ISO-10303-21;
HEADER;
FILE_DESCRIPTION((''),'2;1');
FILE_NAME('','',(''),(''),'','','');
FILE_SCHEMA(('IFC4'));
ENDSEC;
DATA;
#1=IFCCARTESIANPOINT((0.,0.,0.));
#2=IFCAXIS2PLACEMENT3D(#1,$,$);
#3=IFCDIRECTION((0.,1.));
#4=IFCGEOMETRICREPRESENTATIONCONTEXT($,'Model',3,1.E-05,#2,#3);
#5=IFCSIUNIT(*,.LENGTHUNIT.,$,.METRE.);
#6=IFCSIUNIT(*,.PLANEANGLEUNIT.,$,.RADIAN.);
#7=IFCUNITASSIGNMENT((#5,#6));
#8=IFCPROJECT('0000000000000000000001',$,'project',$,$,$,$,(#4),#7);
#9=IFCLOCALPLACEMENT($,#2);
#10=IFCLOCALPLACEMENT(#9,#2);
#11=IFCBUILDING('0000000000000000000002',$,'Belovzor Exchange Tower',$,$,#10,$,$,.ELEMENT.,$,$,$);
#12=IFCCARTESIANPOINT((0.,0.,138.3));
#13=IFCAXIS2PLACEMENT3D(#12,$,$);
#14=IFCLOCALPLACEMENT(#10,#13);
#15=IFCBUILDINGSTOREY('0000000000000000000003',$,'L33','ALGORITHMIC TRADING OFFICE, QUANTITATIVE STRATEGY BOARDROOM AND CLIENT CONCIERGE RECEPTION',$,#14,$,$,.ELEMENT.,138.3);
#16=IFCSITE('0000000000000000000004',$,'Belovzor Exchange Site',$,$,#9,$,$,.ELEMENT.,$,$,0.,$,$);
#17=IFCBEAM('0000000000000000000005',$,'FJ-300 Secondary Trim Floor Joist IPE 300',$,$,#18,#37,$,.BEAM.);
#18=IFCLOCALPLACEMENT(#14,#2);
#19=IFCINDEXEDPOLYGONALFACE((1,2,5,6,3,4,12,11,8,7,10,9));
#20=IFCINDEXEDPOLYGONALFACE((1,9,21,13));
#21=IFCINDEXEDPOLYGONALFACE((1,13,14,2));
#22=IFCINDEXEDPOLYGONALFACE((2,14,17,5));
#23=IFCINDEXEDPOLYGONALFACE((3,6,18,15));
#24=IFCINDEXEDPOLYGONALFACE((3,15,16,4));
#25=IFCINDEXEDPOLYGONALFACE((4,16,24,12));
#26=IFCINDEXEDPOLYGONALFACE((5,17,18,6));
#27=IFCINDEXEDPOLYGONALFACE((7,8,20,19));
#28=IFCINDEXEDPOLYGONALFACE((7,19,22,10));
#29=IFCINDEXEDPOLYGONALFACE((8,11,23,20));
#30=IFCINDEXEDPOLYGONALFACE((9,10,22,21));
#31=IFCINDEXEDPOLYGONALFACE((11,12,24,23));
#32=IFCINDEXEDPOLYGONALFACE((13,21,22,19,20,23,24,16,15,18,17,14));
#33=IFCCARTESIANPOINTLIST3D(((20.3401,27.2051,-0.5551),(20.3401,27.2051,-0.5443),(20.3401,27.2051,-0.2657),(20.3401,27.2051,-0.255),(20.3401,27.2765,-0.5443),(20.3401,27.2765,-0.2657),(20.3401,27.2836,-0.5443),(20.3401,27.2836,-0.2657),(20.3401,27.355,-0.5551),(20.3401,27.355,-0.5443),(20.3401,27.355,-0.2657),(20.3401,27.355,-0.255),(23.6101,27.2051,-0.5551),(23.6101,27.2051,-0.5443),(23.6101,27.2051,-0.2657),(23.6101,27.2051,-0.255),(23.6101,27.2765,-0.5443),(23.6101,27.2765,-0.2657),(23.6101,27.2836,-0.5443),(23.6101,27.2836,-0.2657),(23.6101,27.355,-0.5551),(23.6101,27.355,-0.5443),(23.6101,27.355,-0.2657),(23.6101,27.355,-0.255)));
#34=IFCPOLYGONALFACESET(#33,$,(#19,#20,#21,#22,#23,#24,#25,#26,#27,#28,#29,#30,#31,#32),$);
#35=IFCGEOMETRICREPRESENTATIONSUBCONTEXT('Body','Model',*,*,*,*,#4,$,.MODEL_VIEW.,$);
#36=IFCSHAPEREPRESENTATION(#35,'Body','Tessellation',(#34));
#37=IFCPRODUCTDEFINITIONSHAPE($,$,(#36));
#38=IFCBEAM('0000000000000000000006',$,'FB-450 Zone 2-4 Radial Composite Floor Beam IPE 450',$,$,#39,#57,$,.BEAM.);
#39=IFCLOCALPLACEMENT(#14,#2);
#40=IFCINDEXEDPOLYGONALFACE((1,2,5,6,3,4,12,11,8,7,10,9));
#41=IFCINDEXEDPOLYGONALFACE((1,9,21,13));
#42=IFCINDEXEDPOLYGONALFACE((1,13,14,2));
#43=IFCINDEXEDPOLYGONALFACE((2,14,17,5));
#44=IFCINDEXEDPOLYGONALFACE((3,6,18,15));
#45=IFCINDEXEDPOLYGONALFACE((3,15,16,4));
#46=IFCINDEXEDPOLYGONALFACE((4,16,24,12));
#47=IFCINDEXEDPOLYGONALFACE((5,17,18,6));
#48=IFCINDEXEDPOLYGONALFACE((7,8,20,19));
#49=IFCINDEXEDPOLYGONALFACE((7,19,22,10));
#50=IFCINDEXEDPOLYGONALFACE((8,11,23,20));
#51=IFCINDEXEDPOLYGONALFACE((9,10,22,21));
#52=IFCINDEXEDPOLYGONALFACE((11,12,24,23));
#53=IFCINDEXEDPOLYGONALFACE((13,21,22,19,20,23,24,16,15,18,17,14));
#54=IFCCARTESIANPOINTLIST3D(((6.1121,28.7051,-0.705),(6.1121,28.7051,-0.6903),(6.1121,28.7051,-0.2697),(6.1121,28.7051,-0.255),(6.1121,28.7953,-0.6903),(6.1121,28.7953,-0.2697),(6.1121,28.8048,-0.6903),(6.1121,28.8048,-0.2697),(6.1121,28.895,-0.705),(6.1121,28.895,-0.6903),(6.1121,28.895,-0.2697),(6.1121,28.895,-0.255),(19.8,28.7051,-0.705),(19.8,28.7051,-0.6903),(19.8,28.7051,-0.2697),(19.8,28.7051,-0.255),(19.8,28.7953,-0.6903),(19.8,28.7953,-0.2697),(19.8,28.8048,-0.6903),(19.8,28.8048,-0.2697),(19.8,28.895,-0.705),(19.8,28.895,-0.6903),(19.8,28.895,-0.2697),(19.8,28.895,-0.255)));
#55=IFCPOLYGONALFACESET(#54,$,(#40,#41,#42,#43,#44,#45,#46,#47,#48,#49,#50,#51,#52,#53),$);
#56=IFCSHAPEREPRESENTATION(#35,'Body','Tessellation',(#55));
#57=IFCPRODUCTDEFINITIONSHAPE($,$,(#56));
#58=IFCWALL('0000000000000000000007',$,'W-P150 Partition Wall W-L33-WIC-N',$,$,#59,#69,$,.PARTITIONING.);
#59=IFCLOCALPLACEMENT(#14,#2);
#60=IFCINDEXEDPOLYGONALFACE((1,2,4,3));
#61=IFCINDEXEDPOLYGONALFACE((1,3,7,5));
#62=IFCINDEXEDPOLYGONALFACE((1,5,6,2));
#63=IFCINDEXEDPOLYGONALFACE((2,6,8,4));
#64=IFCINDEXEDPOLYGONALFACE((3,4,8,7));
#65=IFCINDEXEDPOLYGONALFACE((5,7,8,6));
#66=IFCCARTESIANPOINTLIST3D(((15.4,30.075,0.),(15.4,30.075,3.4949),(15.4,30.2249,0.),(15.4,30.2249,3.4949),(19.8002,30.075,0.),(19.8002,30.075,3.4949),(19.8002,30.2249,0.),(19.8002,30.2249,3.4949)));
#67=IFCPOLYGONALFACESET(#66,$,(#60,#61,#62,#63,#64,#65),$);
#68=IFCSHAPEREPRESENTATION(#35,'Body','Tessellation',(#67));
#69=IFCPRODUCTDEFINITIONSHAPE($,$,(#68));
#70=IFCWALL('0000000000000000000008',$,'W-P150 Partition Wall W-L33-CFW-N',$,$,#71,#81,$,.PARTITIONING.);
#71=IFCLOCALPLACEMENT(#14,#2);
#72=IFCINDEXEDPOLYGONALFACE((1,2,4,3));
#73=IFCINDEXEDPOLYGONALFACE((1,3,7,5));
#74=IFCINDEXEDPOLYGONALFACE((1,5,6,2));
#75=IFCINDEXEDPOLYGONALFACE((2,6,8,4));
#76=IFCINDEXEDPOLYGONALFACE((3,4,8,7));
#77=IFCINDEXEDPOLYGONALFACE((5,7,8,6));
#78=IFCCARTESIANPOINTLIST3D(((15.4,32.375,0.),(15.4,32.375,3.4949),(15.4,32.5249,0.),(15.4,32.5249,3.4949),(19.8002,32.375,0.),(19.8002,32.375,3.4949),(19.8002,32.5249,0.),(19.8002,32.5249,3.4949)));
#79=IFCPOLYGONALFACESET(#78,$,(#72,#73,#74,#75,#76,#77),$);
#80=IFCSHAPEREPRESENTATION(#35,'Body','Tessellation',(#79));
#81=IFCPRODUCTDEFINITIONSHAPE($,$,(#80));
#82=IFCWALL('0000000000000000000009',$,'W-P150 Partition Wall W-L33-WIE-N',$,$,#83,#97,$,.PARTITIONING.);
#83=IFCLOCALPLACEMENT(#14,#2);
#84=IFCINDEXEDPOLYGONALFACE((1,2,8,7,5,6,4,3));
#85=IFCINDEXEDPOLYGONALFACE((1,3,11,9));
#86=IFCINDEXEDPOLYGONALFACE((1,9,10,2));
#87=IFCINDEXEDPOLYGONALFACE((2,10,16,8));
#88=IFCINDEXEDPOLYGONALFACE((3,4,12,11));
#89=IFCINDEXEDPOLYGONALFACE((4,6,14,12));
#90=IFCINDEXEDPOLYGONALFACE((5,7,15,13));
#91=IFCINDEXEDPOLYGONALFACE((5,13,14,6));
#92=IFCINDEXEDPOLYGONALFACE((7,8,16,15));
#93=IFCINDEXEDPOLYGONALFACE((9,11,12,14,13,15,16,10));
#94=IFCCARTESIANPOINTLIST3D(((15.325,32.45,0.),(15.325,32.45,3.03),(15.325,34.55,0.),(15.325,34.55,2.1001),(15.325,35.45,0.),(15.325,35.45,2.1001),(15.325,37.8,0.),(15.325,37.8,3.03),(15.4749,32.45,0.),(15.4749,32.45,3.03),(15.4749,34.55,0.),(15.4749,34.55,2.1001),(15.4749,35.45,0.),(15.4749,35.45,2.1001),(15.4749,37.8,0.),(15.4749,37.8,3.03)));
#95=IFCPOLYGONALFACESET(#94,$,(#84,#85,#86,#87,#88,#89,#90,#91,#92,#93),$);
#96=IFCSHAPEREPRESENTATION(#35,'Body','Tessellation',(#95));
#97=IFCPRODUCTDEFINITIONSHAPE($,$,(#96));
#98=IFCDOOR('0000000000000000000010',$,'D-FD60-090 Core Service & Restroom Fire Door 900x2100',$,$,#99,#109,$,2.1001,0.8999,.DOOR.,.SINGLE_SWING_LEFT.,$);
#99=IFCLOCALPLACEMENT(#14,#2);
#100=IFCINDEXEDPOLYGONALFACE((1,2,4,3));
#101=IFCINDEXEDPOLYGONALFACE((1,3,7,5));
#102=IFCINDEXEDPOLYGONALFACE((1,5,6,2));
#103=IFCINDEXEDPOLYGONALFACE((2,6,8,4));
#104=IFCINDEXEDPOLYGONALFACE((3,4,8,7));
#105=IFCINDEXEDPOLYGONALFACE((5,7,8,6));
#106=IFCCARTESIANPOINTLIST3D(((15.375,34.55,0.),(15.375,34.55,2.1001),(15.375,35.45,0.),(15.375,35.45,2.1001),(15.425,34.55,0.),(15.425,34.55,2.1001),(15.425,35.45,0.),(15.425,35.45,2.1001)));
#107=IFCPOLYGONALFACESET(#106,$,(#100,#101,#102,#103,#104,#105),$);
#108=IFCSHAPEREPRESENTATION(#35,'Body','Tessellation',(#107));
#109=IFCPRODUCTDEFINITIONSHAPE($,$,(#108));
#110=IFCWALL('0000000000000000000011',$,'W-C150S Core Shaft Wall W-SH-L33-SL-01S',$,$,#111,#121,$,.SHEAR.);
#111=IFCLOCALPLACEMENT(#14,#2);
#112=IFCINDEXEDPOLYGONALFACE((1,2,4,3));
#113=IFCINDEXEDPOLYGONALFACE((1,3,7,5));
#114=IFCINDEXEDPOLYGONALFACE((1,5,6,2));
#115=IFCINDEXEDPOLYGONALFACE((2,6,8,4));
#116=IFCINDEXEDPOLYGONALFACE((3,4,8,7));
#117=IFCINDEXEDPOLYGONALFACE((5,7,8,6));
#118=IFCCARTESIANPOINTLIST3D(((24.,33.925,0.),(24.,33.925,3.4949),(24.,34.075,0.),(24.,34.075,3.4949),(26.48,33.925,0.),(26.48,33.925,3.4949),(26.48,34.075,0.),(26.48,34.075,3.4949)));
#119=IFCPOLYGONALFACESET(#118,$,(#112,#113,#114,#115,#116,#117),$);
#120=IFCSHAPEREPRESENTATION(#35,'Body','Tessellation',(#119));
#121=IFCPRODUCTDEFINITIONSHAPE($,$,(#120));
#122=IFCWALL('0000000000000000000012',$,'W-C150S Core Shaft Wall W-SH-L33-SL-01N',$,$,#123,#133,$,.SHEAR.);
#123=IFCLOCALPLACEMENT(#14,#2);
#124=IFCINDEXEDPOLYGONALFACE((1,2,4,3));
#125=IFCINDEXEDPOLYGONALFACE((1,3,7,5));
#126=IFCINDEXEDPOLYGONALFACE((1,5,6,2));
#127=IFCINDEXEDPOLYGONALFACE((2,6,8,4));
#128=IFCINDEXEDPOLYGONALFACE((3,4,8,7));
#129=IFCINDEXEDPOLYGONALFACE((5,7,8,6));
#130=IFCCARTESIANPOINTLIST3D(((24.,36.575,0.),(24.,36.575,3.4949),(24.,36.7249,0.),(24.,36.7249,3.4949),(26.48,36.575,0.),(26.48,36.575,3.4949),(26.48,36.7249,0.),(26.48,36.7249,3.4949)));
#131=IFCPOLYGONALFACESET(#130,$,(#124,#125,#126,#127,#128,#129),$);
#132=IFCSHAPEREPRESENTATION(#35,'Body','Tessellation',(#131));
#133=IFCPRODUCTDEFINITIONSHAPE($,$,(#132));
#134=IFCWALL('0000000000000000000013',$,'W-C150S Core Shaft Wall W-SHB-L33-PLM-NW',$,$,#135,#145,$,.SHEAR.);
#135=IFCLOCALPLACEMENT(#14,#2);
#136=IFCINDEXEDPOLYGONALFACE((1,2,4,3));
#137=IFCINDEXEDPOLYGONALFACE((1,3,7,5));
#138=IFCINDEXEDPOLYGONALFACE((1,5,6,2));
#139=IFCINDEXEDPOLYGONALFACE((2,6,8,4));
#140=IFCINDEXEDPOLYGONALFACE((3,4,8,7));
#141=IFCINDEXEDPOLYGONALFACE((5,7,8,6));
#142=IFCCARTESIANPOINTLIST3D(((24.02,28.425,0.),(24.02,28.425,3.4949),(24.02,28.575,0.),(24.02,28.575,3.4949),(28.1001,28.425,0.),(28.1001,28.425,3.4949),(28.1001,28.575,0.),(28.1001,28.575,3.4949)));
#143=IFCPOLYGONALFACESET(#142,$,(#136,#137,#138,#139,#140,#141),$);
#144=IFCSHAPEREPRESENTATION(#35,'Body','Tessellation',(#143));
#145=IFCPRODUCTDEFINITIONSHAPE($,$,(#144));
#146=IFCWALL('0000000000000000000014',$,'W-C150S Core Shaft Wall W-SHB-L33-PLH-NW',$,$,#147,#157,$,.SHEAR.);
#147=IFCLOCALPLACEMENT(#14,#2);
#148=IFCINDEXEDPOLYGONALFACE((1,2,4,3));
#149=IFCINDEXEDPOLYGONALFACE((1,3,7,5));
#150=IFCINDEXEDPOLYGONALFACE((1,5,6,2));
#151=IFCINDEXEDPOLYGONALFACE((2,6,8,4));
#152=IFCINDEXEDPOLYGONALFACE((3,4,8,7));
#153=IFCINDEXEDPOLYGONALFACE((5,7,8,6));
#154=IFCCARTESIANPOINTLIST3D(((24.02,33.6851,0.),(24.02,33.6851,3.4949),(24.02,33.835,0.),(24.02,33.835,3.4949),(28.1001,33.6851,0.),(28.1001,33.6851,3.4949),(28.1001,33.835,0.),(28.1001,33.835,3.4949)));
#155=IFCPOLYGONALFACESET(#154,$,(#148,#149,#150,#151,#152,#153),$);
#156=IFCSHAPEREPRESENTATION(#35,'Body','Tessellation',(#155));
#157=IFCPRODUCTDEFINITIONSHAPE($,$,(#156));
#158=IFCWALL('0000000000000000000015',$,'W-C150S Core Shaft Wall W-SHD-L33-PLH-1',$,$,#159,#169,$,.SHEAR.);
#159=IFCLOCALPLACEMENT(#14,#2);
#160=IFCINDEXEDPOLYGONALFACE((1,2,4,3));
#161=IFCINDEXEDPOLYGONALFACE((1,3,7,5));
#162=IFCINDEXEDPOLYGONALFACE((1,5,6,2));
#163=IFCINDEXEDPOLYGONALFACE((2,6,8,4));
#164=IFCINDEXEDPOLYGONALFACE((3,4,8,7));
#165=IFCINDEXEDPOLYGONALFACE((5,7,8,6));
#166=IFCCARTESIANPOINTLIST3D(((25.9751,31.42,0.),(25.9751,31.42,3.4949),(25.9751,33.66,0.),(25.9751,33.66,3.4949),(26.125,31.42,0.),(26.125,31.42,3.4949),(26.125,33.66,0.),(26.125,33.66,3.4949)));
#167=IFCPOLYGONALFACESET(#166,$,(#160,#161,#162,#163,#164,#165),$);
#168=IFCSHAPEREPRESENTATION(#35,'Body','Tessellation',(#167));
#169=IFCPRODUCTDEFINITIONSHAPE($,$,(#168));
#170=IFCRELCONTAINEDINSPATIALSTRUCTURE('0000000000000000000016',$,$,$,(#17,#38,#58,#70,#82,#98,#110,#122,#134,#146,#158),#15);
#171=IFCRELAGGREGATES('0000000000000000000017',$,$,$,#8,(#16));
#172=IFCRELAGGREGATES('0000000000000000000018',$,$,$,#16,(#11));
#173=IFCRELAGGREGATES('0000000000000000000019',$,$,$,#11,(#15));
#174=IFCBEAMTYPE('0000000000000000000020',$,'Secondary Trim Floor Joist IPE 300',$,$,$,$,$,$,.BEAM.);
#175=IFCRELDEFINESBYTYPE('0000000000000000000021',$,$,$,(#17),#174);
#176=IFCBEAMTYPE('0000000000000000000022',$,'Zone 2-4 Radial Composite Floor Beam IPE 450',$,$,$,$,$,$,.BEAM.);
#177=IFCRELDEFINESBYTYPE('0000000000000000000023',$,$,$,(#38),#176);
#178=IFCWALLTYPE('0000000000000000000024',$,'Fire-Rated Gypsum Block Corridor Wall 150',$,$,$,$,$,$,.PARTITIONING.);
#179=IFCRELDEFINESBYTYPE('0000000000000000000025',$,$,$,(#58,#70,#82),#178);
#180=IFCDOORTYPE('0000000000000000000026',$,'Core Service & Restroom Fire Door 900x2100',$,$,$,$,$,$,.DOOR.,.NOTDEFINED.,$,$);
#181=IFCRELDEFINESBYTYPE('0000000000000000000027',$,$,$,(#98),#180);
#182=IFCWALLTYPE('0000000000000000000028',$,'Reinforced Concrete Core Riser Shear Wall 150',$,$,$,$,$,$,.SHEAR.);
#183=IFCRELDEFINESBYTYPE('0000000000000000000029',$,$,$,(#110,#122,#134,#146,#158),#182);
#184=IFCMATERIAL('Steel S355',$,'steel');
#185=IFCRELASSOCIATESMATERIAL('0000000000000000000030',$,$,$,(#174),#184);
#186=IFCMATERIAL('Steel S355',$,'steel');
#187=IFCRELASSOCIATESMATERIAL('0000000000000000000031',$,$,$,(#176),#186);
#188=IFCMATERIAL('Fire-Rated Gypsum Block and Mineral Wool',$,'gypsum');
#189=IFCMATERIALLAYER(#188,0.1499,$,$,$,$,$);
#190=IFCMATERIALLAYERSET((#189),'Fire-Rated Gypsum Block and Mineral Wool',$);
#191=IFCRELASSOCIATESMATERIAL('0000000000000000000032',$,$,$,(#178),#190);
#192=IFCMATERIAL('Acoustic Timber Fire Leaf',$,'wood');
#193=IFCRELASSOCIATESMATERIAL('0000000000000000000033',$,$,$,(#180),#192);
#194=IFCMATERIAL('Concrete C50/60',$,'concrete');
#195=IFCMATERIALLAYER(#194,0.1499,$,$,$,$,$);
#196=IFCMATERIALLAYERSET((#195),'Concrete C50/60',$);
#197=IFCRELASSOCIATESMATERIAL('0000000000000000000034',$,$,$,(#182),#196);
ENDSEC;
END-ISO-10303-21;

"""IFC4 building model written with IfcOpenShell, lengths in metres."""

from ifc_helpers import new_model, si_unit, direction, frame, frame_2d, origin, origin_2d, place, context, subcontext, project, spatial, rectangle, i_section, extrude, material, layer, layer_set, material_profile, profile_set, type_object, element, fill, save


model = new_model("IFC4")

# Units and contexts
model_context = context("Model", 3, precision=1e-05, world=origin(), true_north=direction((0.0, 1.0)))
body_context = subcontext(model_context, "Body", "Model", "MODEL_VIEW")
ifc_project = project(units=[si_unit("LENGTHUNIT", "METRE"), si_unit("PLANEANGLEUNIT", "RADIAN")], contexts=[model_context])

# Site, building, storey
site_placement = place(None, origin())
site = spatial("IfcSite", under=ifc_project, at=site_placement, Name="Belovzor Exchange Site", CompositionType="ELEMENT", RefElevation=0.0)
building_placement = place(site_placement, origin())
building = spatial("IfcBuilding", under=site, at=building_placement, Name="Belovzor Exchange Tower", CompositionType="ELEMENT")
storey_placement = place(building_placement, frame((0.0, 0.0, 138.3)))
storey = spatial("IfcBuildingStorey", under=building, at=storey_placement, Name="L33", Description="ALGORITHMIC TRADING OFFICE, QUANTITATIVE STRATEGY BOARDROOM AND CLIENT CONCIERGE RECEPTION", CompositionType="ELEMENT", Elevation=138.3)

# Beams
ifc_material_1 = material(Name="Steel S355", Category="steel")
ifc_material_profile_1 = material_profile(ifc_material_1, i_section(OverallWidth=0.1499, OverallDepth=0.3, WebThickness=0.0071, FlangeThickness=0.0107, at=origin_2d()))
ifc_profile_set_1 = profile_set([ifc_material_profile_1], Name="Steel S355")
beam_type_1 = type_object("IfcBeamType", Name="Secondary Trim Floor Joist IPE 300", PredefinedType="BEAM", material=ifc_profile_set_1)
beam_1_placement = place(storey_placement, frame((20.3401, 27.28, -0.405), z_axis=(1.0, 0.0, 0.0), x_axis=(0.0, 1.0, 0.0)))
element("IfcBeam", 1, at=beam_1_placement, inside=storey, type_object=beam_type_1, Name="FJ-300 Secondary Trim Floor Joist IPE 300", PredefinedType="BEAM", context=body_context, shape_type="SweptSolid", body=[
    extrude(i_section(OverallWidth=0.1499, OverallDepth=0.3, WebThickness=0.0071, FlangeThickness=0.0107, at=origin_2d()), origin(), (0.0, 0.0, 1.0), 3.27),
])
ifc_material_2 = material(Name="Steel S355", Category="steel")
ifc_material_profile_2 = material_profile(ifc_material_2, i_section(OverallWidth=0.1899, OverallDepth=0.45, WebThickness=0.0095, FlangeThickness=0.0146, at=origin_2d()))
ifc_profile_set_2 = profile_set([ifc_material_profile_2], Name="Steel S355")
beam_type_2 = type_object("IfcBeamType", Name="Zone 2-4 Radial Composite Floor Beam IPE 450", PredefinedType="BEAM", material=ifc_profile_set_2)
beam_2_placement = place(storey_placement, frame((19.8, 28.8, -0.48), z_axis=(-1.0, 0.0, 0.0), x_axis=(0.0, -1.0, 0.0)))
element("IfcBeam", 2, at=beam_2_placement, inside=storey, type_object=beam_type_2, Name="FB-450 Zone 2-4 Radial Composite Floor Beam IPE 450", PredefinedType="BEAM", context=body_context, shape_type="SweptSolid", body=[
    extrude(i_section(OverallWidth=0.1899, OverallDepth=0.45, WebThickness=0.0095, FlangeThickness=0.0146, at=origin_2d()), origin(), (0.0, 0.0, 1.0), 13.688),
])

# Walls
ifc_material_3 = material(Name="Fire-Rated Gypsum Block and Mineral Wool", Category="gypsum")
ifc_layer_1 = layer(ifc_material_3, 0.1499)
ifc_layer_set_1 = layer_set([ifc_layer_1], Name="Fire-Rated Gypsum Block and Mineral Wool")
wall_type_1 = type_object("IfcWallType", Name="Fire-Rated Gypsum Block Corridor Wall 150", PredefinedType="PARTITIONING", material=ifc_layer_set_1)
for number, where, z_axis, x_axis, name in (
    (3, (15.3999, 30.1499, 0.0), (0.0, 0.0, 1.0), (1.0, 0.0, 0.0), "W-P150 Partition Wall W-L33-WIC-N"),
    (4, (15.3999, 32.45, 0.0), (0.0, 0.0, 1.0), (1.0, 0.0, 0.0), "W-P150 Partition Wall W-L33-CFW-N"),
):
    element("IfcWall", number, at=place(storey_placement, frame(where, z_axis=z_axis, x_axis=x_axis)), inside=storey, type_object=wall_type_1, Name=name, PredefinedType="PARTITIONING", context=body_context, shape_type="SweptSolid", body=[
        extrude(rectangle(XDim=4.4001, YDim=0.1499, at=frame_2d((2.2002, 0.0))), origin(), (0.0, 0.0, 1.0), 3.4949),
    ])

# Wall, opening, door
wall_1_placement = place(storey_placement, frame((15.3999, 32.45, 0.0), z_axis=(0.0, 0.0, 1.0), x_axis=(0.0, 1.0, 0.0)))
wall_1 = element("IfcWall", 5, at=wall_1_placement, inside=storey, type_object=wall_type_1, Name="W-P150 Partition Wall W-L33-WIE-N", PredefinedType="PARTITIONING", context=body_context, shape_type="SweptSolid", body=[
    extrude(rectangle(XDim=5.3501, YDim=0.1499, at=frame_2d((2.675, 0.0))), origin(), (0.0, 0.0, 1.0), 3.03),
])
opening_1_placement = place(wall_1_placement, frame((2.1001, 0.0, 0.0)))
opening_1 = element("IfcOpeningElement", 6, at=opening_1_placement, cuts=wall_1, PredefinedType="OPENING", context=body_context, shape_type="SweptSolid", body=[
    extrude(rectangle(XDim=0.8999, YDim=2.1001, at=frame_2d((0.45, 1.05))), frame((0.0, 0.085, 0.0), z_axis=(0.0, -1.0, 0.0), x_axis=(1.0, 0.0, 0.0)), (0.0, 0.0, 1.0), 0.1699),
])
ifc_material_4 = material(Name="Acoustic Timber Fire Leaf", Category="wood")
door_type_1 = type_object("IfcDoorType", Name="Core Service & Restroom Fire Door 900x2100", OperationType="NOTDEFINED", PredefinedType="DOOR", material=ifc_material_4)
door_1_placement = place(opening_1_placement, origin())
door_1 = element("IfcDoor", 7, at=door_1_placement, inside=storey, type_object=door_type_1, Name="D-FD60-090 Core Service & Restroom Fire Door 900x2100", OperationType="SINGLE_SWING_LEFT", OverallHeight=2.1001, OverallWidth=0.8999, PredefinedType="DOOR", context=body_context, shape_type="SweptSolid", body=[
    extrude(rectangle(XDim=0.8999, YDim=2.1001, at=frame_2d((0.45, 1.05))), frame((0.0, 0.0249, 0.0), z_axis=(0.0, -1.0, 0.0), x_axis=(1.0, 0.0, 0.0)), (0.0, 0.0, 1.0), 0.05),
])
fill(opening_1, door_1)

# Walls
ifc_material_5 = material(Name="Concrete C50/60", Category="concrete")
ifc_layer_2 = layer(ifc_material_5, 0.1499)
ifc_layer_set_2 = layer_set([ifc_layer_2], Name="Concrete C50/60")
wall_type_2 = type_object("IfcWallType", Name="Reinforced Concrete Core Riser Shear Wall 150", PredefinedType="SHEAR", material=ifc_layer_set_2)
for number, where, z_axis, x_axis, name in (
    (8, (24.0, 34.0, 0.0), (0.0, 0.0, 1.0), (1.0, 0.0, 0.0), "W-C150S Core Shaft Wall W-SH-L33-SL-01S"),
    (9, (24.0, 36.6499, 0.0), (0.0, 0.0, 1.0), (1.0, 0.0, 0.0), "W-C150S Core Shaft Wall W-SH-L33-SL-01N"),
):
    element("IfcWall", number, at=place(storey_placement, frame(where, z_axis=z_axis, x_axis=x_axis)), inside=storey, type_object=wall_type_2, Name=name, PredefinedType="SHEAR", context=body_context, shape_type="SweptSolid", body=[
        extrude(rectangle(XDim=2.48, YDim=0.1499, at=frame_2d((1.24, 0.0))), origin(), (0.0, 0.0, 1.0), 3.4949),
    ])
for number, where, z_axis, x_axis, name in (
    (10, (24.02, 28.5, 0.0), (0.0, 0.0, 1.0), (1.0, 0.0, 0.0), "W-C150S Core Shaft Wall W-SHB-L33-PLM-NW"),
    (11, (24.02, 33.76, 0.0), (0.0, 0.0, 1.0), (1.0, 0.0, 0.0), "W-C150S Core Shaft Wall W-SHB-L33-PLH-NW"),
):
    element("IfcWall", number, at=place(storey_placement, frame(where, z_axis=z_axis, x_axis=x_axis)), inside=storey, type_object=wall_type_2, Name=name, PredefinedType="SHEAR", context=body_context, shape_type="SweptSolid", body=[
        extrude(rectangle(XDim=4.0801, YDim=0.1499, at=frame_2d((2.04, 0.0))), origin(), (0.0, 0.0, 1.0), 3.4949),
    ])
wall_2_placement = place(storey_placement, frame((26.05, 31.4199, 0.0), z_axis=(0.0, 0.0, 1.0), x_axis=(0.0, 1.0, 0.0)))
element("IfcWall", 12, at=wall_2_placement, inside=storey, type_object=wall_type_2, Name="W-C150S Core Shaft Wall W-SHD-L33-PLH-1", PredefinedType="SHEAR", context=body_context, shape_type="SweptSolid", body=[
    extrude(rectangle(XDim=2.24, YDim=0.1499, at=frame_2d((1.1201, 0.0))), origin(), (0.0, 0.0, 1.0), 3.4949),
])

save(model, "model.ifc")
